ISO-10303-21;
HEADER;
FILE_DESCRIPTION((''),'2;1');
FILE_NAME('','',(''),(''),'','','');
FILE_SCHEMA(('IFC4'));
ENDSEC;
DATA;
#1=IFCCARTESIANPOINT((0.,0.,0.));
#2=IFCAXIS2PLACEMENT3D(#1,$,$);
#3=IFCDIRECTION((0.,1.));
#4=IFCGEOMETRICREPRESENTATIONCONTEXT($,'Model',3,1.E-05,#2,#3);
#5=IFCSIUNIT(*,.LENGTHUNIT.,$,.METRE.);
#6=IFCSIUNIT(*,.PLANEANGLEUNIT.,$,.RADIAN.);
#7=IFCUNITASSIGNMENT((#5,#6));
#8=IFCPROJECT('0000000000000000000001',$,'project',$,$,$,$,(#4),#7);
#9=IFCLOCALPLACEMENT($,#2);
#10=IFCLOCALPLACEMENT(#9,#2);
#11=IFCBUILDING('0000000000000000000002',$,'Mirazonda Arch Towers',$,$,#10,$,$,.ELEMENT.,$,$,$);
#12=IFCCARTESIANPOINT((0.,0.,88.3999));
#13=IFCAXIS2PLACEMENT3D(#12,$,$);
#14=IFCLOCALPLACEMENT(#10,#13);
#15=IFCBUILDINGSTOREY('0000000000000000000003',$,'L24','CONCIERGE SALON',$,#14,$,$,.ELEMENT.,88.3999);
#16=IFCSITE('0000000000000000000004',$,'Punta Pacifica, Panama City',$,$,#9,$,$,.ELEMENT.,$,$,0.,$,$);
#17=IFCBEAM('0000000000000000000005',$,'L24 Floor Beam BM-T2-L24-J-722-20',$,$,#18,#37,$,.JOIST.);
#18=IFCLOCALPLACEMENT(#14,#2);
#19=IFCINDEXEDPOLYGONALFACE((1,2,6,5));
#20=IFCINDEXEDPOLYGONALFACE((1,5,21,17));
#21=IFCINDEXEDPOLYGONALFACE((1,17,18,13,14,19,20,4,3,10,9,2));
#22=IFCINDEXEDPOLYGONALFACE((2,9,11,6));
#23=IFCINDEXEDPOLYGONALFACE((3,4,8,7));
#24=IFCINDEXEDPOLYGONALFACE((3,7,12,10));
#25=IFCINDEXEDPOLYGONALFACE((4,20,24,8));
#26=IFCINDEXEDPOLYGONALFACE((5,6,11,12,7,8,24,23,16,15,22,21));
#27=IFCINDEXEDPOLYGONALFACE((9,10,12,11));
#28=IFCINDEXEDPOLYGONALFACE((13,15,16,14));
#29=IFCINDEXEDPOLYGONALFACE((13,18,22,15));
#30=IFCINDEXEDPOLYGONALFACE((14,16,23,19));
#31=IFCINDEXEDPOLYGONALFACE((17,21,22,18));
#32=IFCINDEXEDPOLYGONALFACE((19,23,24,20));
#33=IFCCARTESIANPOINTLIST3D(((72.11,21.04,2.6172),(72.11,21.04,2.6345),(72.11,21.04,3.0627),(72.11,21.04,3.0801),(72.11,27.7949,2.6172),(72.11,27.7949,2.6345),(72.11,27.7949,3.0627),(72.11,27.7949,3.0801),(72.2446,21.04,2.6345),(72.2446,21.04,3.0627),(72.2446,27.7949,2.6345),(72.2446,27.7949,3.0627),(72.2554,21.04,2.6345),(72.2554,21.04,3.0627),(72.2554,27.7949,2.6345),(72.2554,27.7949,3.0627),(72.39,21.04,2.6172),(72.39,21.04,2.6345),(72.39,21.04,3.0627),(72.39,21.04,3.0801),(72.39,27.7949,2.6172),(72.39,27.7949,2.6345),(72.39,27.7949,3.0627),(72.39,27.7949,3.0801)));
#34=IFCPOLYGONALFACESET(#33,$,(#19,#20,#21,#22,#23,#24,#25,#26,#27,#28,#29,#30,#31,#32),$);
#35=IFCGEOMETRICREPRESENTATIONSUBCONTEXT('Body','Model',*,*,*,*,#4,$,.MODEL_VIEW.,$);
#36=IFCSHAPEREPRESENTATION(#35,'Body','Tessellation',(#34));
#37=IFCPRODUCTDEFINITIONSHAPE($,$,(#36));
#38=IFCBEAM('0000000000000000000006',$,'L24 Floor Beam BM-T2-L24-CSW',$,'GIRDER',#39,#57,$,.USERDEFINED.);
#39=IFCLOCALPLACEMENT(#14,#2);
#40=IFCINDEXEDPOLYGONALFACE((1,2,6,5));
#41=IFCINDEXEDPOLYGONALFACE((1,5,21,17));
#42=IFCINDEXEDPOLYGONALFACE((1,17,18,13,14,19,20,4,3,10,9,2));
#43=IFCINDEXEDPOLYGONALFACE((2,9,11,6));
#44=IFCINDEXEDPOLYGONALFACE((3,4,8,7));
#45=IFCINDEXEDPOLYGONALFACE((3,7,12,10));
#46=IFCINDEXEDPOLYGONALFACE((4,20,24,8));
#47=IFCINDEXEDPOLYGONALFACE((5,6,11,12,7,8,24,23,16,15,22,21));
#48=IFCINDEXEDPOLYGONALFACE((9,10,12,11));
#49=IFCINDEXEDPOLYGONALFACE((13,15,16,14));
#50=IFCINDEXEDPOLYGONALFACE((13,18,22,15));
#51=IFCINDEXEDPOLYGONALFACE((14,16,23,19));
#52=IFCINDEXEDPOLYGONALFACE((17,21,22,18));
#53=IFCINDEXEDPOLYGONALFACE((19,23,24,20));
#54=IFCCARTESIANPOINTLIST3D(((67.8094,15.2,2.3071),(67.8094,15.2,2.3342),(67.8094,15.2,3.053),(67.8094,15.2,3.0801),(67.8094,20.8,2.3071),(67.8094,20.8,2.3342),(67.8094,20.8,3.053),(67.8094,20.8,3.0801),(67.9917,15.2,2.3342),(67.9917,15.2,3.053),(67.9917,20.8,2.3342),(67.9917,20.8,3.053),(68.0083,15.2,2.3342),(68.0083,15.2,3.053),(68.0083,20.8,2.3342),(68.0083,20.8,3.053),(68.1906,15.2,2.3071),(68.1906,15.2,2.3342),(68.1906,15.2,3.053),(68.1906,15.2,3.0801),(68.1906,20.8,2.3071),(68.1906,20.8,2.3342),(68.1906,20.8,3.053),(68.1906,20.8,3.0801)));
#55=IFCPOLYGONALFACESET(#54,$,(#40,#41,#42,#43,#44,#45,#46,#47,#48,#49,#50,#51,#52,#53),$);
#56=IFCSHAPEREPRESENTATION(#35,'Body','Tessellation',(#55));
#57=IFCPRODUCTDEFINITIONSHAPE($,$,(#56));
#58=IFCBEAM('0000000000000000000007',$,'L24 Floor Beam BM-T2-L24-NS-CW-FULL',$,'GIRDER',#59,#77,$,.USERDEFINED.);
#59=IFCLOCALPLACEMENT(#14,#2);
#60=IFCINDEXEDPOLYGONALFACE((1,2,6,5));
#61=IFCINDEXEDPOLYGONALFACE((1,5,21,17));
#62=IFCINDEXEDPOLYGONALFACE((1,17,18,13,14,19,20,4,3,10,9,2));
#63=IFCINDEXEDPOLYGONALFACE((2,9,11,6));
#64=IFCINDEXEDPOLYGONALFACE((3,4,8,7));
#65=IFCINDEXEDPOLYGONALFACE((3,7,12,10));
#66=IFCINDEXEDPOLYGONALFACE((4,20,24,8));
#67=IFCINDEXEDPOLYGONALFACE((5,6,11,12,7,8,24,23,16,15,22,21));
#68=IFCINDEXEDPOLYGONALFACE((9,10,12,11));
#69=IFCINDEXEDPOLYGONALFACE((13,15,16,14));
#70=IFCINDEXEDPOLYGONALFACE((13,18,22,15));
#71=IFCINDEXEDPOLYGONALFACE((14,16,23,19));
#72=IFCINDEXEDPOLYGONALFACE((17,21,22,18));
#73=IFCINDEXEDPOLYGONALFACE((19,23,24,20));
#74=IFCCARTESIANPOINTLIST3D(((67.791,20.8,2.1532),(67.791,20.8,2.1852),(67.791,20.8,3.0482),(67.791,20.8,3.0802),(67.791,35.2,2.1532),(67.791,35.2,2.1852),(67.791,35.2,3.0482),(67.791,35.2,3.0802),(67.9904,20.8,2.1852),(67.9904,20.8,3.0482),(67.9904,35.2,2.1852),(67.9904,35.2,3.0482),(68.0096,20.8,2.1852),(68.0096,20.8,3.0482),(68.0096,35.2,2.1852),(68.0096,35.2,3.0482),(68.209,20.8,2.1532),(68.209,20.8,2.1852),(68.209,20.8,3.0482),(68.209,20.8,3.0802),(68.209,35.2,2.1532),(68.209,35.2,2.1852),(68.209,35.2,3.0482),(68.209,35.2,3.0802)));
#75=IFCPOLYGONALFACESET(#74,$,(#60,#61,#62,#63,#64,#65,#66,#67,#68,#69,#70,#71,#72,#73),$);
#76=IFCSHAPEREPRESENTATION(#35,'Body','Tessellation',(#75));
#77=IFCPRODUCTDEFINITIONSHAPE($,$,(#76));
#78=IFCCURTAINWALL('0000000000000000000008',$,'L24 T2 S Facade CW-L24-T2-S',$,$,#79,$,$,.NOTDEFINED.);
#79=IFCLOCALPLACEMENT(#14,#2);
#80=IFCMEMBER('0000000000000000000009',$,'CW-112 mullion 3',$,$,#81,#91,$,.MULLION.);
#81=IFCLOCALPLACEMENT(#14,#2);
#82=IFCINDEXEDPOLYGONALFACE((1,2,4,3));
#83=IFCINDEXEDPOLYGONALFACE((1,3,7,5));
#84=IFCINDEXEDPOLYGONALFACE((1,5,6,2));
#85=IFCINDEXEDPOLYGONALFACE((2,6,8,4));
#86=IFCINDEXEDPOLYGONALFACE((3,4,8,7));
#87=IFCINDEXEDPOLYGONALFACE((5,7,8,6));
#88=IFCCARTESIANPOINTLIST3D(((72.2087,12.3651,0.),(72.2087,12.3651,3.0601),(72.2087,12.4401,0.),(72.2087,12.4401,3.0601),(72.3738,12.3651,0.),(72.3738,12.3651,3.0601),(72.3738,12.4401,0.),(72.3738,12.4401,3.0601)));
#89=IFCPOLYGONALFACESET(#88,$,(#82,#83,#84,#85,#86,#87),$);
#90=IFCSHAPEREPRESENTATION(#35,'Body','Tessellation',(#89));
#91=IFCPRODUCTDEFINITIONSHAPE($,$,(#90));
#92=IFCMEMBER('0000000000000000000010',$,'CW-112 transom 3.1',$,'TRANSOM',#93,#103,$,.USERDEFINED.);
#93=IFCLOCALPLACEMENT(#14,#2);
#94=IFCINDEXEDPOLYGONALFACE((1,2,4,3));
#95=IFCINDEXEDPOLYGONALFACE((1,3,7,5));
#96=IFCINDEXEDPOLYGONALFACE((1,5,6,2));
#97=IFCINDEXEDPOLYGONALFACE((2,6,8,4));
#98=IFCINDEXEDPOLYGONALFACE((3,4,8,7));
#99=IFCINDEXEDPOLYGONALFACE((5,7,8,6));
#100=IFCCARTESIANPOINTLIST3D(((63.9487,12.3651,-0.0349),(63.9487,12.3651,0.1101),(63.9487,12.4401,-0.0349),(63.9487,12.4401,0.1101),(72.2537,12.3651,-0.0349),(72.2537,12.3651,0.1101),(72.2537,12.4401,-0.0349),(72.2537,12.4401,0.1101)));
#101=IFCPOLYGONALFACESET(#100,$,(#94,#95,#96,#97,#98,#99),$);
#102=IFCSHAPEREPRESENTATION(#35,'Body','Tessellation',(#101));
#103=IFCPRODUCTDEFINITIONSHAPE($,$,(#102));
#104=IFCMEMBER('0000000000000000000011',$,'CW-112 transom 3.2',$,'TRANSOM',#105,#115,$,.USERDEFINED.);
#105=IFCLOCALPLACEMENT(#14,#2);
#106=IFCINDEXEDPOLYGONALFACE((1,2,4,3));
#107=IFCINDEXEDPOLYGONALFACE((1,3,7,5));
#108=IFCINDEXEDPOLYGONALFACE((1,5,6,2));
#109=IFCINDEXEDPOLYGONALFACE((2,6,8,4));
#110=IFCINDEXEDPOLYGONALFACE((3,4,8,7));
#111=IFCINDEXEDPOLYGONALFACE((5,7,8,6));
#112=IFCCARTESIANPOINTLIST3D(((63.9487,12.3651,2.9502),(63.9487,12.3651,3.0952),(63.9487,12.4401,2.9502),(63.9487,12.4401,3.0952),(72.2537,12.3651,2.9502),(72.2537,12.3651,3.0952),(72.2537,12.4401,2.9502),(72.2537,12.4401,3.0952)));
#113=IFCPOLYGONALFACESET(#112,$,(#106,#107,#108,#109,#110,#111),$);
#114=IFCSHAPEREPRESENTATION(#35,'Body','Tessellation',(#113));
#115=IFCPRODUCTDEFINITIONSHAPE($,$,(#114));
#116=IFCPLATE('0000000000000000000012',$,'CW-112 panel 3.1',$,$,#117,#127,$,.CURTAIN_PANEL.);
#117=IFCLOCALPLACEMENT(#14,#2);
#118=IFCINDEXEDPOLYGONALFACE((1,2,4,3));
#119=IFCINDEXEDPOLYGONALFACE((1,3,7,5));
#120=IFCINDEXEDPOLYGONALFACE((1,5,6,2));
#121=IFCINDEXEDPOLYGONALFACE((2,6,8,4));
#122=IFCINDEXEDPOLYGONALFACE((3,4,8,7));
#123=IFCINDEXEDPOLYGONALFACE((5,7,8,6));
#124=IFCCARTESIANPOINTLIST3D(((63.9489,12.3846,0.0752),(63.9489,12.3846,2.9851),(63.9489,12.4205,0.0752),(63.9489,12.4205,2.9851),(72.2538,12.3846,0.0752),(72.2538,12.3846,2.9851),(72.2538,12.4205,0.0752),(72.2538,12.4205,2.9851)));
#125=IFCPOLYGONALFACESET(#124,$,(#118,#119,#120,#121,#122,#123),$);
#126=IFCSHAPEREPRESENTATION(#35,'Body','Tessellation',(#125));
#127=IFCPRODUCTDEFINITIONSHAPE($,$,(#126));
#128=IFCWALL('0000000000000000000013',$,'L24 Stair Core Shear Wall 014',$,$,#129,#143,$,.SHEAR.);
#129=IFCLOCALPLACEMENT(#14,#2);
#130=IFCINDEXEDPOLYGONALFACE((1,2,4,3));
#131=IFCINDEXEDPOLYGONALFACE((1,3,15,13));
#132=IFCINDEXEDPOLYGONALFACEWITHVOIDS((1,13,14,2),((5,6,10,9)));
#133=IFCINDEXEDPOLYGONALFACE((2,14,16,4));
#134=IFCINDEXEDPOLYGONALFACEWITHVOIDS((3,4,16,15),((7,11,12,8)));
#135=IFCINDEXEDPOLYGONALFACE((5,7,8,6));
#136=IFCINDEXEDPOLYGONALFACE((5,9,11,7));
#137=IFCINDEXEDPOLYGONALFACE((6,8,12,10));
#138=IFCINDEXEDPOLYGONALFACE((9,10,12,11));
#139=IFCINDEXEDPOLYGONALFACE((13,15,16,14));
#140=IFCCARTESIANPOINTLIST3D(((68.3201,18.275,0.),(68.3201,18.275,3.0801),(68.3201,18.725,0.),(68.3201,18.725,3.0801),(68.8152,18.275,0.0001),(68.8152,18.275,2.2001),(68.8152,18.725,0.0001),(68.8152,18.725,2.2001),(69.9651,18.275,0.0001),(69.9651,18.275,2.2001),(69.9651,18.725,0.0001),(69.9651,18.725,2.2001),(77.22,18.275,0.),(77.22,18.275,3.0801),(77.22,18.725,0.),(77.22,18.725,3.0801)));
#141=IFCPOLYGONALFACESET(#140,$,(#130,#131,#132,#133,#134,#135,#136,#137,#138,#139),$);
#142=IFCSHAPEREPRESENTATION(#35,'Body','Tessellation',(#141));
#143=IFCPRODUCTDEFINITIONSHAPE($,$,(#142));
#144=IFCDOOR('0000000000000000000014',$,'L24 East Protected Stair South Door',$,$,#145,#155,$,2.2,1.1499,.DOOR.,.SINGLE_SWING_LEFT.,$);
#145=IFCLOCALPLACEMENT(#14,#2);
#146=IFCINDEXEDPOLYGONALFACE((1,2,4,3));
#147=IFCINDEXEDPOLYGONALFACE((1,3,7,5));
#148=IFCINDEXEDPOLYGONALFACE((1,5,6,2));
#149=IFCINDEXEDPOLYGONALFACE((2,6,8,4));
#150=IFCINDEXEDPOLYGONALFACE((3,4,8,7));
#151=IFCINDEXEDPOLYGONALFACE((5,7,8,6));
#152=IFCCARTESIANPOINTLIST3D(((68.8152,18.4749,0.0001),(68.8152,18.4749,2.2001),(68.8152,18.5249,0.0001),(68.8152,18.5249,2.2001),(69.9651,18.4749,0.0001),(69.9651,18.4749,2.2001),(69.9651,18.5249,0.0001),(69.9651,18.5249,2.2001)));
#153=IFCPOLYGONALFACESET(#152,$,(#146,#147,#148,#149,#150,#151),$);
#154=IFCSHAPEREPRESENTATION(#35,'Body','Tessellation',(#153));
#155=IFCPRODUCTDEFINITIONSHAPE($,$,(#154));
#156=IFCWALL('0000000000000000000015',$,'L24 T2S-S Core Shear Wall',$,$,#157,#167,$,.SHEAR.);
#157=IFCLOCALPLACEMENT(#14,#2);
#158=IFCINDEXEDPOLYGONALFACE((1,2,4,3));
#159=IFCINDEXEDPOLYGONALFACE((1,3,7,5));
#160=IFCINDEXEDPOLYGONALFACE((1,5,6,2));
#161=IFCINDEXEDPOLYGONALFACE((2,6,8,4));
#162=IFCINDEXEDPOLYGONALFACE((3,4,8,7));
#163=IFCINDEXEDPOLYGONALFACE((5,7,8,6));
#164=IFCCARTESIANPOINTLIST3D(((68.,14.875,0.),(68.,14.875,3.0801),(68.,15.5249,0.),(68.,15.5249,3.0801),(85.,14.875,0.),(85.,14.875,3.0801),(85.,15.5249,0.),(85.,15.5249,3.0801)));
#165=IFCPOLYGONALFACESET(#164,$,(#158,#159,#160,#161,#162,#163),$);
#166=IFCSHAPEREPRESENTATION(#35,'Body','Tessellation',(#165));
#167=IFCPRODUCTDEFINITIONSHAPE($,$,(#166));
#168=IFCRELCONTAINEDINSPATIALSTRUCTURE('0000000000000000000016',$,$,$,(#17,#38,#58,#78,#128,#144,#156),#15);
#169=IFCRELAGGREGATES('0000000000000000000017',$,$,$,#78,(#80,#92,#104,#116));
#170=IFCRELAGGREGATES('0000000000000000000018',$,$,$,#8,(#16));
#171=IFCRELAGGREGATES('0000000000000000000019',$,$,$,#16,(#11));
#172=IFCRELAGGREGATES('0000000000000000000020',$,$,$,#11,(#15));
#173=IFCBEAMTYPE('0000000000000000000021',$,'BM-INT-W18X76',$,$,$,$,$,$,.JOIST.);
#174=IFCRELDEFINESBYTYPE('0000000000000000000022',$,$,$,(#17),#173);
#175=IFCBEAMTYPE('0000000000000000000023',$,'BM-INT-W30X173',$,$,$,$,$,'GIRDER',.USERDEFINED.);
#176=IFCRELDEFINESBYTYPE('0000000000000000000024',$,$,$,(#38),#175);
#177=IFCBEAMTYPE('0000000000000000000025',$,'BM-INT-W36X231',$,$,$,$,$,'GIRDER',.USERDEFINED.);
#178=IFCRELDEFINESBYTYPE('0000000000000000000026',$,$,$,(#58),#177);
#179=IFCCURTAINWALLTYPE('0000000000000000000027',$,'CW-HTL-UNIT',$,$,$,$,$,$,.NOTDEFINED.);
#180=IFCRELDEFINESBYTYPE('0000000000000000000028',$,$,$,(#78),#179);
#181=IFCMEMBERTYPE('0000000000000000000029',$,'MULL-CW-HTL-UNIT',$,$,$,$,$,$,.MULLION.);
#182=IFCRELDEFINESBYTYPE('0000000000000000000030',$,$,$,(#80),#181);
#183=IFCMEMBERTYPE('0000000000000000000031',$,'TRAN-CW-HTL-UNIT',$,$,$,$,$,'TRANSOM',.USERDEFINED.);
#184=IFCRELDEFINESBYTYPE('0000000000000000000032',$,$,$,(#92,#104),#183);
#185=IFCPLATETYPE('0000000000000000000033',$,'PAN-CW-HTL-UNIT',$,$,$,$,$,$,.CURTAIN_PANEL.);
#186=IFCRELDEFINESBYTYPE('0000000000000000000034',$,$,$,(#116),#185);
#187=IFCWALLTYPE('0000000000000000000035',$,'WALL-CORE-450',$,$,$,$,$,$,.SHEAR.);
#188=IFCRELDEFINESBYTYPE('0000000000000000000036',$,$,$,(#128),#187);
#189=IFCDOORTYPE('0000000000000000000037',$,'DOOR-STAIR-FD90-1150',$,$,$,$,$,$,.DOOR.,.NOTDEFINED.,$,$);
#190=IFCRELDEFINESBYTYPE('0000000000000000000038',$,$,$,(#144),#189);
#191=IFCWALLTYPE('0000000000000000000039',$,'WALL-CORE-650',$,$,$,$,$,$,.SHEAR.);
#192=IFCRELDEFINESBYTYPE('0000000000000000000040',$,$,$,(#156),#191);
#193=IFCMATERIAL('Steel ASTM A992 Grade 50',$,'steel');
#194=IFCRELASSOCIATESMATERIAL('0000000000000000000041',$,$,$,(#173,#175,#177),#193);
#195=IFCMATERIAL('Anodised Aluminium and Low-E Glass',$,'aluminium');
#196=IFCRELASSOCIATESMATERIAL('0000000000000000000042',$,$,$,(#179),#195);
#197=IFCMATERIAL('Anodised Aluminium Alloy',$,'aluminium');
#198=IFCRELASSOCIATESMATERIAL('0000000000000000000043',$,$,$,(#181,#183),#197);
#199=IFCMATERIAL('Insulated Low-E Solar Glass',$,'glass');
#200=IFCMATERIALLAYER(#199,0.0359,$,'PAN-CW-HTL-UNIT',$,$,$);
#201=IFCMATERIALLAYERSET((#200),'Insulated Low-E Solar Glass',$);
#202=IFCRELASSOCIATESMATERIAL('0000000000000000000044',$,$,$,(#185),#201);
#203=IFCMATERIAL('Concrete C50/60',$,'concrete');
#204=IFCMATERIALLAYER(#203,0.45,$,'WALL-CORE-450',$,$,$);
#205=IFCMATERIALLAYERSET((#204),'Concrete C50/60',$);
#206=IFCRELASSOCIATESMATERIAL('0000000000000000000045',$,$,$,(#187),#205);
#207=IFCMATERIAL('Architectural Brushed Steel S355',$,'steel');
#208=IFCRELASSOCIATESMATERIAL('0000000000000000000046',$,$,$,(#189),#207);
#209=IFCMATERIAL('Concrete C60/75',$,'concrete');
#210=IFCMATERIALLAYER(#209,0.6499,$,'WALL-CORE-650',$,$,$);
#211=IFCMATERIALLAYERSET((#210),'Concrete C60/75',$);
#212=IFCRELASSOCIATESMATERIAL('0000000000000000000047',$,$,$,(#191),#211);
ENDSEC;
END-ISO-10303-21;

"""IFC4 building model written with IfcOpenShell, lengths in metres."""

from ifc_helpers import new_model, si_unit, direction, frame, frame_2d, origin, origin_2d, place, context, subcontext, project, spatial, rectangle, i_section, extrude, material, layer, layer_set, material_profile, profile_set, type_object, element, fill, aggregate, save


model = new_model("IFC4")

# Units and contexts
model_context = context("Model", 3, precision=1e-05, world=origin(), true_north=direction((0.0, 1.0)))
body_context = subcontext(model_context, "Body", "Model", "MODEL_VIEW")
ifc_project = project(units=[si_unit("LENGTHUNIT", "METRE"), si_unit("PLANEANGLEUNIT", "RADIAN")], contexts=[model_context])

# Site, building, storey
site_placement = place(None, origin())
site = spatial("IfcSite", under=ifc_project, at=site_placement, Name="Punta Pacifica, Panama City", CompositionType="ELEMENT", RefElevation=0.0)
building_placement = place(site_placement, origin())
building = spatial("IfcBuilding", under=site, at=building_placement, Name="Mirazonda Arch Towers", CompositionType="ELEMENT")
storey_placement = place(building_placement, frame((0.0, 0.0, 88.3999)))
storey = spatial("IfcBuildingStorey", under=building, at=storey_placement, Name="L24", Description="CONCIERGE SALON", CompositionType="ELEMENT", Elevation=88.3999)

# Beams
ifc_material_1 = material(Name="Steel ASTM A992 Grade 50", Category="steel")
ifc_material_profile_1 = material_profile(ifc_material_1, i_section(OverallWidth=0.28, OverallDepth=0.4629, WebThickness=0.0107, FlangeThickness=0.0173, at=origin_2d()), Name="W18X76")
ifc_profile_set_1 = profile_set([ifc_material_profile_1], Name="Steel ASTM A992 Grade 50")
beam_type_1 = type_object("IfcBeamType", Name="BM-INT-W18X76", PredefinedType="JOIST", material=ifc_profile_set_1)
beam_1_placement = place(storey_placement, frame((72.25, 21.04, 2.8486), z_axis=(0.0, 1.0, 0.0), x_axis=(-1.0, 0.0, 0.0)))
element("IfcBeam", 1, at=beam_1_placement, inside=storey, type_object=beam_type_1, Name="L24 Floor Beam BM-T2-L24-J-722-20", PredefinedType="JOIST", context=body_context, shape_type="SweptSolid", body=[
    extrude(i_section(OverallWidth=0.28, OverallDepth=0.4629, WebThickness=0.0107, FlangeThickness=0.0173, at=origin_2d()), origin(), (0.0, 0.0, 1.0), 6.7549),
])
ifc_material_profile_2 = material_profile(ifc_material_1, i_section(OverallWidth=0.3811, OverallDepth=0.7729, WebThickness=0.0166, FlangeThickness=0.0271, at=origin_2d()), Name="W30X173")
ifc_profile_set_2 = profile_set([ifc_material_profile_2], Name="Steel ASTM A992 Grade 50")
beam_type_2 = type_object("IfcBeamType", Name="BM-INT-W30X173", ElementType="GIRDER", PredefinedType="USERDEFINED", material=ifc_profile_set_2)
beam_2_placement = place(storey_placement, frame((68.0, 15.2, 2.6936), z_axis=(0.0, 1.0, 0.0), x_axis=(-1.0, 0.0, 0.0)))
element("IfcBeam", 2, at=beam_2_placement, inside=storey, type_object=beam_type_2, Name="L24 Floor Beam BM-T2-L24-CSW", ObjectType="GIRDER", PredefinedType="USERDEFINED", context=body_context, shape_type="SweptSolid", body=[
    extrude(i_section(OverallWidth=0.3811, OverallDepth=0.7729, WebThickness=0.0166, FlangeThickness=0.0271, at=origin_2d()), origin(), (0.0, 0.0, 1.0), 5.6001),
])
ifc_material_profile_3 = material_profile(ifc_material_1, i_section(OverallWidth=0.418, OverallDepth=0.927, WebThickness=0.0193, FlangeThickness=0.032, at=origin_2d()), Name="W36X231")
ifc_profile_set_3 = profile_set([ifc_material_profile_3], Name="Steel ASTM A992 Grade 50")
beam_type_3 = type_object("IfcBeamType", Name="BM-INT-W36X231", ElementType="GIRDER", PredefinedType="USERDEFINED", material=ifc_profile_set_3)
beam_3_placement = place(storey_placement, frame((68.0, 20.8, 2.6167), z_axis=(0.0, 1.0, 0.0), x_axis=(-1.0, 0.0, 0.0)))
element("IfcBeam", 3, at=beam_3_placement, inside=storey, type_object=beam_type_3, Name="L24 Floor Beam BM-T2-L24-NS-CW-FULL", ObjectType="GIRDER", PredefinedType="USERDEFINED", context=body_context, shape_type="SweptSolid", body=[
    extrude(i_section(OverallWidth=0.418, OverallDepth=0.927, WebThickness=0.0193, FlangeThickness=0.032, at=origin_2d()), origin(), (0.0, 0.0, 1.0), 14.3999),
])

# Curtain wall, members, plate
ifc_material_2 = material(Name="Anodised Aluminium and Low-E Glass", Category="aluminium")
curtain_wall_type = type_object("IfcCurtainWallType", Name="CW-HTL-UNIT", PredefinedType="NOTDEFINED", material=ifc_material_2)
curtain_wall_placement = place(storey_placement, origin())
curtain_wall = element("IfcCurtainWall", 4, at=curtain_wall_placement, inside=storey, type_object=curtain_wall_type, Name="L24 T2 S Facade CW-L24-T2-S", PredefinedType="NOTDEFINED")
ifc_material_3 = material(Name="Anodised Aluminium Alloy", Category="aluminium")
ifc_material_profile_4 = material_profile(ifc_material_3, rectangle(XDim=0.075, YDim=0.165, at=origin_2d()), Name="ALU-MULL-75x165")
ifc_profile_set_4 = profile_set([ifc_material_profile_4], Name="Anodised Aluminium Alloy")
member_type_1 = type_object("IfcMemberType", Name="MULL-CW-HTL-UNIT", PredefinedType="MULLION", material=ifc_profile_set_4)
member_1_placement = place(storey_placement, frame((72.2913, 12.4026, 0.0), z_axis=(0.0, 0.0, 1.0), x_axis=(0.0, -1.0, 0.0)))
member_1 = element("IfcMember", 5, at=member_1_placement, type_object=member_type_1, Name="CW-112 mullion 3", PredefinedType="MULLION", context=body_context, shape_type="SweptSolid", body=[
    extrude(rectangle(XDim=0.075, YDim=0.165, at=origin_2d()), origin(), (0.0, 0.0, 1.0), 3.0601),
])
ifc_material_profile_5 = material_profile(ifc_material_3, rectangle(XDim=0.075, YDim=0.145, at=origin_2d()), Name="ALU-TRAN-75x145")
ifc_profile_set_5 = profile_set([ifc_material_profile_5], Name="Anodised Aluminium Alloy")
member_type_2 = type_object("IfcMemberType", Name="TRAN-CW-HTL-UNIT", ElementType="TRANSOM", PredefinedType="USERDEFINED", material=ifc_profile_set_5)
member_2_placement = place(storey_placement, frame((72.2537, 12.4026, 0.0376), z_axis=(-1.0, 0.0, 0.0), x_axis=(0.0, -1.0, 0.0)))
member_2 = element("IfcMember", 6, at=member_2_placement, type_object=member_type_2, Name="CW-112 transom 3.1", ObjectType="TRANSOM", PredefinedType="USERDEFINED", context=body_context, shape_type="SweptSolid", body=[
    extrude(rectangle(XDim=0.075, YDim=0.145, at=origin_2d()), origin(), (0.0, 0.0, 1.0), 8.3049),
])
member_3_placement = place(storey_placement, frame((72.2537, 12.4026, 3.0227), z_axis=(-1.0, 0.0, 0.0), x_axis=(0.0, -1.0, 0.0)))
member_3 = element("IfcMember", 7, at=member_3_placement, type_object=member_type_2, Name="CW-112 transom 3.2", ObjectType="TRANSOM", PredefinedType="USERDEFINED", context=body_context, shape_type="SweptSolid", body=[
    extrude(rectangle(XDim=0.075, YDim=0.145, at=origin_2d()), origin(), (0.0, 0.0, 1.0), 8.3049),
])
ifc_material_4 = material(Name="Insulated Low-E Solar Glass", Category="glass")
ifc_layer_1 = layer(ifc_material_4, 0.0359, Name="PAN-CW-HTL-UNIT")
ifc_layer_set_1 = layer_set([ifc_layer_1], Name="Insulated Low-E Solar Glass")
plate_type = type_object("IfcPlateType", Name="PAN-CW-HTL-UNIT", PredefinedType="CURTAIN_PANEL", material=ifc_layer_set_1)
plate_placement = place(storey_placement, frame((68.1013, 12.4026, 0.0752), z_axis=(0.0, 0.0, 1.0), x_axis=(-1.0, 0.0, 0.0)))
plate = element("IfcPlate", 8, at=plate_placement, type_object=plate_type, Name="CW-112 panel 3.1", PredefinedType="CURTAIN_PANEL", context=body_context, shape_type="SweptSolid", body=[
    extrude(rectangle(XDim=8.3049, YDim=0.0359, at=origin_2d()), origin(), (0.0, 0.0, 1.0), 2.9099),
])
aggregate(curtain_wall, [member_1, member_2, member_3, plate])

# Wall, opening, door
ifc_material_5 = material(Name="Concrete C50/60", Category="concrete")
ifc_layer_2 = layer(ifc_material_5, 0.45, Name="WALL-CORE-450")
ifc_layer_set_2 = layer_set([ifc_layer_2], Name="Concrete C50/60")
wall_type_1 = type_object("IfcWallType", Name="WALL-CORE-450", PredefinedType="SHEAR", material=ifc_layer_set_2)
wall_1_placement = place(storey_placement, frame((68.3201, 18.5, 0.0), z_axis=(0.0, 0.0, 1.0), x_axis=(1.0, 0.0, 0.0)))
wall_1 = element("IfcWall", 9, at=wall_1_placement, inside=storey, type_object=wall_type_1, Name="L24 Stair Core Shear Wall 014", PredefinedType="SHEAR", context=body_context, shape_type="SweptSolid", body=[
    extrude(rectangle(XDim=8.8999, YDim=0.45, at=frame_2d((4.45, 0.0))), origin(), (0.0, 0.0, 1.0), 3.0801),
])
opening_1_placement = place(wall_1_placement, frame((0.4951, 0.0, 0.0)))
opening_1 = element("IfcOpeningElement", 10, at=opening_1_placement, cuts=wall_1, PredefinedType="OPENING", context=body_context, shape_type="SweptSolid", body=[
    extrude(rectangle(XDim=1.1499, YDim=2.2, at=frame_2d((0.575, 1.1001))), frame((0.0, 0.2349, 0.0), z_axis=(0.0, -1.0, 0.0), x_axis=(1.0, 0.0, 0.0)), (0.0, 0.0, 1.0), 0.47),
])
ifc_material_6 = material(Name="Architectural Brushed Steel S355", Category="steel")
door_type_1 = type_object("IfcDoorType", Name="DOOR-STAIR-FD90-1150", OperationType="NOTDEFINED", PredefinedType="DOOR", material=ifc_material_6)
door_1_placement = place(opening_1_placement, origin())
door_1 = element("IfcDoor", 11, at=door_1_placement, inside=storey, type_object=door_type_1, Name="L24 East Protected Stair South Door", OperationType="SINGLE_SWING_LEFT", OverallHeight=2.2, OverallWidth=1.1499, PredefinedType="DOOR", context=body_context, shape_type="SweptSolid", body=[
    extrude(rectangle(XDim=1.1499, YDim=2.2, at=frame_2d((0.575, 1.1001))), frame((0.0, 0.0249, 0.0), z_axis=(0.0, -1.0, 0.0), x_axis=(1.0, 0.0, 0.0)), (0.0, 0.0, 1.0), 0.05),
])
fill(opening_1, door_1)

# Wall
ifc_material_7 = material(Name="Concrete C60/75", Category="concrete")
ifc_layer_3 = layer(ifc_material_7, 0.6499, Name="WALL-CORE-650")
ifc_layer_set_3 = layer_set([ifc_layer_3], Name="Concrete C60/75")
wall_type_2 = type_object("IfcWallType", Name="WALL-CORE-650", PredefinedType="SHEAR", material=ifc_layer_set_3)
wall_2_placement = place(storey_placement, frame((68.0, 15.2, 0.0), z_axis=(0.0, 0.0, 1.0), x_axis=(1.0, 0.0, 0.0)))
element("IfcWall", 12, at=wall_2_placement, inside=storey, type_object=wall_type_2, Name="L24 T2S-S Core Shear Wall", PredefinedType="SHEAR", context=body_context, shape_type="SweptSolid", body=[
    extrude(rectangle(XDim=17.0, YDim=0.6499, at=frame_2d((8.5, 0.0))), origin(), (0.0, 0.0, 1.0), 3.0801),
])

save(model, "model.ifc")
